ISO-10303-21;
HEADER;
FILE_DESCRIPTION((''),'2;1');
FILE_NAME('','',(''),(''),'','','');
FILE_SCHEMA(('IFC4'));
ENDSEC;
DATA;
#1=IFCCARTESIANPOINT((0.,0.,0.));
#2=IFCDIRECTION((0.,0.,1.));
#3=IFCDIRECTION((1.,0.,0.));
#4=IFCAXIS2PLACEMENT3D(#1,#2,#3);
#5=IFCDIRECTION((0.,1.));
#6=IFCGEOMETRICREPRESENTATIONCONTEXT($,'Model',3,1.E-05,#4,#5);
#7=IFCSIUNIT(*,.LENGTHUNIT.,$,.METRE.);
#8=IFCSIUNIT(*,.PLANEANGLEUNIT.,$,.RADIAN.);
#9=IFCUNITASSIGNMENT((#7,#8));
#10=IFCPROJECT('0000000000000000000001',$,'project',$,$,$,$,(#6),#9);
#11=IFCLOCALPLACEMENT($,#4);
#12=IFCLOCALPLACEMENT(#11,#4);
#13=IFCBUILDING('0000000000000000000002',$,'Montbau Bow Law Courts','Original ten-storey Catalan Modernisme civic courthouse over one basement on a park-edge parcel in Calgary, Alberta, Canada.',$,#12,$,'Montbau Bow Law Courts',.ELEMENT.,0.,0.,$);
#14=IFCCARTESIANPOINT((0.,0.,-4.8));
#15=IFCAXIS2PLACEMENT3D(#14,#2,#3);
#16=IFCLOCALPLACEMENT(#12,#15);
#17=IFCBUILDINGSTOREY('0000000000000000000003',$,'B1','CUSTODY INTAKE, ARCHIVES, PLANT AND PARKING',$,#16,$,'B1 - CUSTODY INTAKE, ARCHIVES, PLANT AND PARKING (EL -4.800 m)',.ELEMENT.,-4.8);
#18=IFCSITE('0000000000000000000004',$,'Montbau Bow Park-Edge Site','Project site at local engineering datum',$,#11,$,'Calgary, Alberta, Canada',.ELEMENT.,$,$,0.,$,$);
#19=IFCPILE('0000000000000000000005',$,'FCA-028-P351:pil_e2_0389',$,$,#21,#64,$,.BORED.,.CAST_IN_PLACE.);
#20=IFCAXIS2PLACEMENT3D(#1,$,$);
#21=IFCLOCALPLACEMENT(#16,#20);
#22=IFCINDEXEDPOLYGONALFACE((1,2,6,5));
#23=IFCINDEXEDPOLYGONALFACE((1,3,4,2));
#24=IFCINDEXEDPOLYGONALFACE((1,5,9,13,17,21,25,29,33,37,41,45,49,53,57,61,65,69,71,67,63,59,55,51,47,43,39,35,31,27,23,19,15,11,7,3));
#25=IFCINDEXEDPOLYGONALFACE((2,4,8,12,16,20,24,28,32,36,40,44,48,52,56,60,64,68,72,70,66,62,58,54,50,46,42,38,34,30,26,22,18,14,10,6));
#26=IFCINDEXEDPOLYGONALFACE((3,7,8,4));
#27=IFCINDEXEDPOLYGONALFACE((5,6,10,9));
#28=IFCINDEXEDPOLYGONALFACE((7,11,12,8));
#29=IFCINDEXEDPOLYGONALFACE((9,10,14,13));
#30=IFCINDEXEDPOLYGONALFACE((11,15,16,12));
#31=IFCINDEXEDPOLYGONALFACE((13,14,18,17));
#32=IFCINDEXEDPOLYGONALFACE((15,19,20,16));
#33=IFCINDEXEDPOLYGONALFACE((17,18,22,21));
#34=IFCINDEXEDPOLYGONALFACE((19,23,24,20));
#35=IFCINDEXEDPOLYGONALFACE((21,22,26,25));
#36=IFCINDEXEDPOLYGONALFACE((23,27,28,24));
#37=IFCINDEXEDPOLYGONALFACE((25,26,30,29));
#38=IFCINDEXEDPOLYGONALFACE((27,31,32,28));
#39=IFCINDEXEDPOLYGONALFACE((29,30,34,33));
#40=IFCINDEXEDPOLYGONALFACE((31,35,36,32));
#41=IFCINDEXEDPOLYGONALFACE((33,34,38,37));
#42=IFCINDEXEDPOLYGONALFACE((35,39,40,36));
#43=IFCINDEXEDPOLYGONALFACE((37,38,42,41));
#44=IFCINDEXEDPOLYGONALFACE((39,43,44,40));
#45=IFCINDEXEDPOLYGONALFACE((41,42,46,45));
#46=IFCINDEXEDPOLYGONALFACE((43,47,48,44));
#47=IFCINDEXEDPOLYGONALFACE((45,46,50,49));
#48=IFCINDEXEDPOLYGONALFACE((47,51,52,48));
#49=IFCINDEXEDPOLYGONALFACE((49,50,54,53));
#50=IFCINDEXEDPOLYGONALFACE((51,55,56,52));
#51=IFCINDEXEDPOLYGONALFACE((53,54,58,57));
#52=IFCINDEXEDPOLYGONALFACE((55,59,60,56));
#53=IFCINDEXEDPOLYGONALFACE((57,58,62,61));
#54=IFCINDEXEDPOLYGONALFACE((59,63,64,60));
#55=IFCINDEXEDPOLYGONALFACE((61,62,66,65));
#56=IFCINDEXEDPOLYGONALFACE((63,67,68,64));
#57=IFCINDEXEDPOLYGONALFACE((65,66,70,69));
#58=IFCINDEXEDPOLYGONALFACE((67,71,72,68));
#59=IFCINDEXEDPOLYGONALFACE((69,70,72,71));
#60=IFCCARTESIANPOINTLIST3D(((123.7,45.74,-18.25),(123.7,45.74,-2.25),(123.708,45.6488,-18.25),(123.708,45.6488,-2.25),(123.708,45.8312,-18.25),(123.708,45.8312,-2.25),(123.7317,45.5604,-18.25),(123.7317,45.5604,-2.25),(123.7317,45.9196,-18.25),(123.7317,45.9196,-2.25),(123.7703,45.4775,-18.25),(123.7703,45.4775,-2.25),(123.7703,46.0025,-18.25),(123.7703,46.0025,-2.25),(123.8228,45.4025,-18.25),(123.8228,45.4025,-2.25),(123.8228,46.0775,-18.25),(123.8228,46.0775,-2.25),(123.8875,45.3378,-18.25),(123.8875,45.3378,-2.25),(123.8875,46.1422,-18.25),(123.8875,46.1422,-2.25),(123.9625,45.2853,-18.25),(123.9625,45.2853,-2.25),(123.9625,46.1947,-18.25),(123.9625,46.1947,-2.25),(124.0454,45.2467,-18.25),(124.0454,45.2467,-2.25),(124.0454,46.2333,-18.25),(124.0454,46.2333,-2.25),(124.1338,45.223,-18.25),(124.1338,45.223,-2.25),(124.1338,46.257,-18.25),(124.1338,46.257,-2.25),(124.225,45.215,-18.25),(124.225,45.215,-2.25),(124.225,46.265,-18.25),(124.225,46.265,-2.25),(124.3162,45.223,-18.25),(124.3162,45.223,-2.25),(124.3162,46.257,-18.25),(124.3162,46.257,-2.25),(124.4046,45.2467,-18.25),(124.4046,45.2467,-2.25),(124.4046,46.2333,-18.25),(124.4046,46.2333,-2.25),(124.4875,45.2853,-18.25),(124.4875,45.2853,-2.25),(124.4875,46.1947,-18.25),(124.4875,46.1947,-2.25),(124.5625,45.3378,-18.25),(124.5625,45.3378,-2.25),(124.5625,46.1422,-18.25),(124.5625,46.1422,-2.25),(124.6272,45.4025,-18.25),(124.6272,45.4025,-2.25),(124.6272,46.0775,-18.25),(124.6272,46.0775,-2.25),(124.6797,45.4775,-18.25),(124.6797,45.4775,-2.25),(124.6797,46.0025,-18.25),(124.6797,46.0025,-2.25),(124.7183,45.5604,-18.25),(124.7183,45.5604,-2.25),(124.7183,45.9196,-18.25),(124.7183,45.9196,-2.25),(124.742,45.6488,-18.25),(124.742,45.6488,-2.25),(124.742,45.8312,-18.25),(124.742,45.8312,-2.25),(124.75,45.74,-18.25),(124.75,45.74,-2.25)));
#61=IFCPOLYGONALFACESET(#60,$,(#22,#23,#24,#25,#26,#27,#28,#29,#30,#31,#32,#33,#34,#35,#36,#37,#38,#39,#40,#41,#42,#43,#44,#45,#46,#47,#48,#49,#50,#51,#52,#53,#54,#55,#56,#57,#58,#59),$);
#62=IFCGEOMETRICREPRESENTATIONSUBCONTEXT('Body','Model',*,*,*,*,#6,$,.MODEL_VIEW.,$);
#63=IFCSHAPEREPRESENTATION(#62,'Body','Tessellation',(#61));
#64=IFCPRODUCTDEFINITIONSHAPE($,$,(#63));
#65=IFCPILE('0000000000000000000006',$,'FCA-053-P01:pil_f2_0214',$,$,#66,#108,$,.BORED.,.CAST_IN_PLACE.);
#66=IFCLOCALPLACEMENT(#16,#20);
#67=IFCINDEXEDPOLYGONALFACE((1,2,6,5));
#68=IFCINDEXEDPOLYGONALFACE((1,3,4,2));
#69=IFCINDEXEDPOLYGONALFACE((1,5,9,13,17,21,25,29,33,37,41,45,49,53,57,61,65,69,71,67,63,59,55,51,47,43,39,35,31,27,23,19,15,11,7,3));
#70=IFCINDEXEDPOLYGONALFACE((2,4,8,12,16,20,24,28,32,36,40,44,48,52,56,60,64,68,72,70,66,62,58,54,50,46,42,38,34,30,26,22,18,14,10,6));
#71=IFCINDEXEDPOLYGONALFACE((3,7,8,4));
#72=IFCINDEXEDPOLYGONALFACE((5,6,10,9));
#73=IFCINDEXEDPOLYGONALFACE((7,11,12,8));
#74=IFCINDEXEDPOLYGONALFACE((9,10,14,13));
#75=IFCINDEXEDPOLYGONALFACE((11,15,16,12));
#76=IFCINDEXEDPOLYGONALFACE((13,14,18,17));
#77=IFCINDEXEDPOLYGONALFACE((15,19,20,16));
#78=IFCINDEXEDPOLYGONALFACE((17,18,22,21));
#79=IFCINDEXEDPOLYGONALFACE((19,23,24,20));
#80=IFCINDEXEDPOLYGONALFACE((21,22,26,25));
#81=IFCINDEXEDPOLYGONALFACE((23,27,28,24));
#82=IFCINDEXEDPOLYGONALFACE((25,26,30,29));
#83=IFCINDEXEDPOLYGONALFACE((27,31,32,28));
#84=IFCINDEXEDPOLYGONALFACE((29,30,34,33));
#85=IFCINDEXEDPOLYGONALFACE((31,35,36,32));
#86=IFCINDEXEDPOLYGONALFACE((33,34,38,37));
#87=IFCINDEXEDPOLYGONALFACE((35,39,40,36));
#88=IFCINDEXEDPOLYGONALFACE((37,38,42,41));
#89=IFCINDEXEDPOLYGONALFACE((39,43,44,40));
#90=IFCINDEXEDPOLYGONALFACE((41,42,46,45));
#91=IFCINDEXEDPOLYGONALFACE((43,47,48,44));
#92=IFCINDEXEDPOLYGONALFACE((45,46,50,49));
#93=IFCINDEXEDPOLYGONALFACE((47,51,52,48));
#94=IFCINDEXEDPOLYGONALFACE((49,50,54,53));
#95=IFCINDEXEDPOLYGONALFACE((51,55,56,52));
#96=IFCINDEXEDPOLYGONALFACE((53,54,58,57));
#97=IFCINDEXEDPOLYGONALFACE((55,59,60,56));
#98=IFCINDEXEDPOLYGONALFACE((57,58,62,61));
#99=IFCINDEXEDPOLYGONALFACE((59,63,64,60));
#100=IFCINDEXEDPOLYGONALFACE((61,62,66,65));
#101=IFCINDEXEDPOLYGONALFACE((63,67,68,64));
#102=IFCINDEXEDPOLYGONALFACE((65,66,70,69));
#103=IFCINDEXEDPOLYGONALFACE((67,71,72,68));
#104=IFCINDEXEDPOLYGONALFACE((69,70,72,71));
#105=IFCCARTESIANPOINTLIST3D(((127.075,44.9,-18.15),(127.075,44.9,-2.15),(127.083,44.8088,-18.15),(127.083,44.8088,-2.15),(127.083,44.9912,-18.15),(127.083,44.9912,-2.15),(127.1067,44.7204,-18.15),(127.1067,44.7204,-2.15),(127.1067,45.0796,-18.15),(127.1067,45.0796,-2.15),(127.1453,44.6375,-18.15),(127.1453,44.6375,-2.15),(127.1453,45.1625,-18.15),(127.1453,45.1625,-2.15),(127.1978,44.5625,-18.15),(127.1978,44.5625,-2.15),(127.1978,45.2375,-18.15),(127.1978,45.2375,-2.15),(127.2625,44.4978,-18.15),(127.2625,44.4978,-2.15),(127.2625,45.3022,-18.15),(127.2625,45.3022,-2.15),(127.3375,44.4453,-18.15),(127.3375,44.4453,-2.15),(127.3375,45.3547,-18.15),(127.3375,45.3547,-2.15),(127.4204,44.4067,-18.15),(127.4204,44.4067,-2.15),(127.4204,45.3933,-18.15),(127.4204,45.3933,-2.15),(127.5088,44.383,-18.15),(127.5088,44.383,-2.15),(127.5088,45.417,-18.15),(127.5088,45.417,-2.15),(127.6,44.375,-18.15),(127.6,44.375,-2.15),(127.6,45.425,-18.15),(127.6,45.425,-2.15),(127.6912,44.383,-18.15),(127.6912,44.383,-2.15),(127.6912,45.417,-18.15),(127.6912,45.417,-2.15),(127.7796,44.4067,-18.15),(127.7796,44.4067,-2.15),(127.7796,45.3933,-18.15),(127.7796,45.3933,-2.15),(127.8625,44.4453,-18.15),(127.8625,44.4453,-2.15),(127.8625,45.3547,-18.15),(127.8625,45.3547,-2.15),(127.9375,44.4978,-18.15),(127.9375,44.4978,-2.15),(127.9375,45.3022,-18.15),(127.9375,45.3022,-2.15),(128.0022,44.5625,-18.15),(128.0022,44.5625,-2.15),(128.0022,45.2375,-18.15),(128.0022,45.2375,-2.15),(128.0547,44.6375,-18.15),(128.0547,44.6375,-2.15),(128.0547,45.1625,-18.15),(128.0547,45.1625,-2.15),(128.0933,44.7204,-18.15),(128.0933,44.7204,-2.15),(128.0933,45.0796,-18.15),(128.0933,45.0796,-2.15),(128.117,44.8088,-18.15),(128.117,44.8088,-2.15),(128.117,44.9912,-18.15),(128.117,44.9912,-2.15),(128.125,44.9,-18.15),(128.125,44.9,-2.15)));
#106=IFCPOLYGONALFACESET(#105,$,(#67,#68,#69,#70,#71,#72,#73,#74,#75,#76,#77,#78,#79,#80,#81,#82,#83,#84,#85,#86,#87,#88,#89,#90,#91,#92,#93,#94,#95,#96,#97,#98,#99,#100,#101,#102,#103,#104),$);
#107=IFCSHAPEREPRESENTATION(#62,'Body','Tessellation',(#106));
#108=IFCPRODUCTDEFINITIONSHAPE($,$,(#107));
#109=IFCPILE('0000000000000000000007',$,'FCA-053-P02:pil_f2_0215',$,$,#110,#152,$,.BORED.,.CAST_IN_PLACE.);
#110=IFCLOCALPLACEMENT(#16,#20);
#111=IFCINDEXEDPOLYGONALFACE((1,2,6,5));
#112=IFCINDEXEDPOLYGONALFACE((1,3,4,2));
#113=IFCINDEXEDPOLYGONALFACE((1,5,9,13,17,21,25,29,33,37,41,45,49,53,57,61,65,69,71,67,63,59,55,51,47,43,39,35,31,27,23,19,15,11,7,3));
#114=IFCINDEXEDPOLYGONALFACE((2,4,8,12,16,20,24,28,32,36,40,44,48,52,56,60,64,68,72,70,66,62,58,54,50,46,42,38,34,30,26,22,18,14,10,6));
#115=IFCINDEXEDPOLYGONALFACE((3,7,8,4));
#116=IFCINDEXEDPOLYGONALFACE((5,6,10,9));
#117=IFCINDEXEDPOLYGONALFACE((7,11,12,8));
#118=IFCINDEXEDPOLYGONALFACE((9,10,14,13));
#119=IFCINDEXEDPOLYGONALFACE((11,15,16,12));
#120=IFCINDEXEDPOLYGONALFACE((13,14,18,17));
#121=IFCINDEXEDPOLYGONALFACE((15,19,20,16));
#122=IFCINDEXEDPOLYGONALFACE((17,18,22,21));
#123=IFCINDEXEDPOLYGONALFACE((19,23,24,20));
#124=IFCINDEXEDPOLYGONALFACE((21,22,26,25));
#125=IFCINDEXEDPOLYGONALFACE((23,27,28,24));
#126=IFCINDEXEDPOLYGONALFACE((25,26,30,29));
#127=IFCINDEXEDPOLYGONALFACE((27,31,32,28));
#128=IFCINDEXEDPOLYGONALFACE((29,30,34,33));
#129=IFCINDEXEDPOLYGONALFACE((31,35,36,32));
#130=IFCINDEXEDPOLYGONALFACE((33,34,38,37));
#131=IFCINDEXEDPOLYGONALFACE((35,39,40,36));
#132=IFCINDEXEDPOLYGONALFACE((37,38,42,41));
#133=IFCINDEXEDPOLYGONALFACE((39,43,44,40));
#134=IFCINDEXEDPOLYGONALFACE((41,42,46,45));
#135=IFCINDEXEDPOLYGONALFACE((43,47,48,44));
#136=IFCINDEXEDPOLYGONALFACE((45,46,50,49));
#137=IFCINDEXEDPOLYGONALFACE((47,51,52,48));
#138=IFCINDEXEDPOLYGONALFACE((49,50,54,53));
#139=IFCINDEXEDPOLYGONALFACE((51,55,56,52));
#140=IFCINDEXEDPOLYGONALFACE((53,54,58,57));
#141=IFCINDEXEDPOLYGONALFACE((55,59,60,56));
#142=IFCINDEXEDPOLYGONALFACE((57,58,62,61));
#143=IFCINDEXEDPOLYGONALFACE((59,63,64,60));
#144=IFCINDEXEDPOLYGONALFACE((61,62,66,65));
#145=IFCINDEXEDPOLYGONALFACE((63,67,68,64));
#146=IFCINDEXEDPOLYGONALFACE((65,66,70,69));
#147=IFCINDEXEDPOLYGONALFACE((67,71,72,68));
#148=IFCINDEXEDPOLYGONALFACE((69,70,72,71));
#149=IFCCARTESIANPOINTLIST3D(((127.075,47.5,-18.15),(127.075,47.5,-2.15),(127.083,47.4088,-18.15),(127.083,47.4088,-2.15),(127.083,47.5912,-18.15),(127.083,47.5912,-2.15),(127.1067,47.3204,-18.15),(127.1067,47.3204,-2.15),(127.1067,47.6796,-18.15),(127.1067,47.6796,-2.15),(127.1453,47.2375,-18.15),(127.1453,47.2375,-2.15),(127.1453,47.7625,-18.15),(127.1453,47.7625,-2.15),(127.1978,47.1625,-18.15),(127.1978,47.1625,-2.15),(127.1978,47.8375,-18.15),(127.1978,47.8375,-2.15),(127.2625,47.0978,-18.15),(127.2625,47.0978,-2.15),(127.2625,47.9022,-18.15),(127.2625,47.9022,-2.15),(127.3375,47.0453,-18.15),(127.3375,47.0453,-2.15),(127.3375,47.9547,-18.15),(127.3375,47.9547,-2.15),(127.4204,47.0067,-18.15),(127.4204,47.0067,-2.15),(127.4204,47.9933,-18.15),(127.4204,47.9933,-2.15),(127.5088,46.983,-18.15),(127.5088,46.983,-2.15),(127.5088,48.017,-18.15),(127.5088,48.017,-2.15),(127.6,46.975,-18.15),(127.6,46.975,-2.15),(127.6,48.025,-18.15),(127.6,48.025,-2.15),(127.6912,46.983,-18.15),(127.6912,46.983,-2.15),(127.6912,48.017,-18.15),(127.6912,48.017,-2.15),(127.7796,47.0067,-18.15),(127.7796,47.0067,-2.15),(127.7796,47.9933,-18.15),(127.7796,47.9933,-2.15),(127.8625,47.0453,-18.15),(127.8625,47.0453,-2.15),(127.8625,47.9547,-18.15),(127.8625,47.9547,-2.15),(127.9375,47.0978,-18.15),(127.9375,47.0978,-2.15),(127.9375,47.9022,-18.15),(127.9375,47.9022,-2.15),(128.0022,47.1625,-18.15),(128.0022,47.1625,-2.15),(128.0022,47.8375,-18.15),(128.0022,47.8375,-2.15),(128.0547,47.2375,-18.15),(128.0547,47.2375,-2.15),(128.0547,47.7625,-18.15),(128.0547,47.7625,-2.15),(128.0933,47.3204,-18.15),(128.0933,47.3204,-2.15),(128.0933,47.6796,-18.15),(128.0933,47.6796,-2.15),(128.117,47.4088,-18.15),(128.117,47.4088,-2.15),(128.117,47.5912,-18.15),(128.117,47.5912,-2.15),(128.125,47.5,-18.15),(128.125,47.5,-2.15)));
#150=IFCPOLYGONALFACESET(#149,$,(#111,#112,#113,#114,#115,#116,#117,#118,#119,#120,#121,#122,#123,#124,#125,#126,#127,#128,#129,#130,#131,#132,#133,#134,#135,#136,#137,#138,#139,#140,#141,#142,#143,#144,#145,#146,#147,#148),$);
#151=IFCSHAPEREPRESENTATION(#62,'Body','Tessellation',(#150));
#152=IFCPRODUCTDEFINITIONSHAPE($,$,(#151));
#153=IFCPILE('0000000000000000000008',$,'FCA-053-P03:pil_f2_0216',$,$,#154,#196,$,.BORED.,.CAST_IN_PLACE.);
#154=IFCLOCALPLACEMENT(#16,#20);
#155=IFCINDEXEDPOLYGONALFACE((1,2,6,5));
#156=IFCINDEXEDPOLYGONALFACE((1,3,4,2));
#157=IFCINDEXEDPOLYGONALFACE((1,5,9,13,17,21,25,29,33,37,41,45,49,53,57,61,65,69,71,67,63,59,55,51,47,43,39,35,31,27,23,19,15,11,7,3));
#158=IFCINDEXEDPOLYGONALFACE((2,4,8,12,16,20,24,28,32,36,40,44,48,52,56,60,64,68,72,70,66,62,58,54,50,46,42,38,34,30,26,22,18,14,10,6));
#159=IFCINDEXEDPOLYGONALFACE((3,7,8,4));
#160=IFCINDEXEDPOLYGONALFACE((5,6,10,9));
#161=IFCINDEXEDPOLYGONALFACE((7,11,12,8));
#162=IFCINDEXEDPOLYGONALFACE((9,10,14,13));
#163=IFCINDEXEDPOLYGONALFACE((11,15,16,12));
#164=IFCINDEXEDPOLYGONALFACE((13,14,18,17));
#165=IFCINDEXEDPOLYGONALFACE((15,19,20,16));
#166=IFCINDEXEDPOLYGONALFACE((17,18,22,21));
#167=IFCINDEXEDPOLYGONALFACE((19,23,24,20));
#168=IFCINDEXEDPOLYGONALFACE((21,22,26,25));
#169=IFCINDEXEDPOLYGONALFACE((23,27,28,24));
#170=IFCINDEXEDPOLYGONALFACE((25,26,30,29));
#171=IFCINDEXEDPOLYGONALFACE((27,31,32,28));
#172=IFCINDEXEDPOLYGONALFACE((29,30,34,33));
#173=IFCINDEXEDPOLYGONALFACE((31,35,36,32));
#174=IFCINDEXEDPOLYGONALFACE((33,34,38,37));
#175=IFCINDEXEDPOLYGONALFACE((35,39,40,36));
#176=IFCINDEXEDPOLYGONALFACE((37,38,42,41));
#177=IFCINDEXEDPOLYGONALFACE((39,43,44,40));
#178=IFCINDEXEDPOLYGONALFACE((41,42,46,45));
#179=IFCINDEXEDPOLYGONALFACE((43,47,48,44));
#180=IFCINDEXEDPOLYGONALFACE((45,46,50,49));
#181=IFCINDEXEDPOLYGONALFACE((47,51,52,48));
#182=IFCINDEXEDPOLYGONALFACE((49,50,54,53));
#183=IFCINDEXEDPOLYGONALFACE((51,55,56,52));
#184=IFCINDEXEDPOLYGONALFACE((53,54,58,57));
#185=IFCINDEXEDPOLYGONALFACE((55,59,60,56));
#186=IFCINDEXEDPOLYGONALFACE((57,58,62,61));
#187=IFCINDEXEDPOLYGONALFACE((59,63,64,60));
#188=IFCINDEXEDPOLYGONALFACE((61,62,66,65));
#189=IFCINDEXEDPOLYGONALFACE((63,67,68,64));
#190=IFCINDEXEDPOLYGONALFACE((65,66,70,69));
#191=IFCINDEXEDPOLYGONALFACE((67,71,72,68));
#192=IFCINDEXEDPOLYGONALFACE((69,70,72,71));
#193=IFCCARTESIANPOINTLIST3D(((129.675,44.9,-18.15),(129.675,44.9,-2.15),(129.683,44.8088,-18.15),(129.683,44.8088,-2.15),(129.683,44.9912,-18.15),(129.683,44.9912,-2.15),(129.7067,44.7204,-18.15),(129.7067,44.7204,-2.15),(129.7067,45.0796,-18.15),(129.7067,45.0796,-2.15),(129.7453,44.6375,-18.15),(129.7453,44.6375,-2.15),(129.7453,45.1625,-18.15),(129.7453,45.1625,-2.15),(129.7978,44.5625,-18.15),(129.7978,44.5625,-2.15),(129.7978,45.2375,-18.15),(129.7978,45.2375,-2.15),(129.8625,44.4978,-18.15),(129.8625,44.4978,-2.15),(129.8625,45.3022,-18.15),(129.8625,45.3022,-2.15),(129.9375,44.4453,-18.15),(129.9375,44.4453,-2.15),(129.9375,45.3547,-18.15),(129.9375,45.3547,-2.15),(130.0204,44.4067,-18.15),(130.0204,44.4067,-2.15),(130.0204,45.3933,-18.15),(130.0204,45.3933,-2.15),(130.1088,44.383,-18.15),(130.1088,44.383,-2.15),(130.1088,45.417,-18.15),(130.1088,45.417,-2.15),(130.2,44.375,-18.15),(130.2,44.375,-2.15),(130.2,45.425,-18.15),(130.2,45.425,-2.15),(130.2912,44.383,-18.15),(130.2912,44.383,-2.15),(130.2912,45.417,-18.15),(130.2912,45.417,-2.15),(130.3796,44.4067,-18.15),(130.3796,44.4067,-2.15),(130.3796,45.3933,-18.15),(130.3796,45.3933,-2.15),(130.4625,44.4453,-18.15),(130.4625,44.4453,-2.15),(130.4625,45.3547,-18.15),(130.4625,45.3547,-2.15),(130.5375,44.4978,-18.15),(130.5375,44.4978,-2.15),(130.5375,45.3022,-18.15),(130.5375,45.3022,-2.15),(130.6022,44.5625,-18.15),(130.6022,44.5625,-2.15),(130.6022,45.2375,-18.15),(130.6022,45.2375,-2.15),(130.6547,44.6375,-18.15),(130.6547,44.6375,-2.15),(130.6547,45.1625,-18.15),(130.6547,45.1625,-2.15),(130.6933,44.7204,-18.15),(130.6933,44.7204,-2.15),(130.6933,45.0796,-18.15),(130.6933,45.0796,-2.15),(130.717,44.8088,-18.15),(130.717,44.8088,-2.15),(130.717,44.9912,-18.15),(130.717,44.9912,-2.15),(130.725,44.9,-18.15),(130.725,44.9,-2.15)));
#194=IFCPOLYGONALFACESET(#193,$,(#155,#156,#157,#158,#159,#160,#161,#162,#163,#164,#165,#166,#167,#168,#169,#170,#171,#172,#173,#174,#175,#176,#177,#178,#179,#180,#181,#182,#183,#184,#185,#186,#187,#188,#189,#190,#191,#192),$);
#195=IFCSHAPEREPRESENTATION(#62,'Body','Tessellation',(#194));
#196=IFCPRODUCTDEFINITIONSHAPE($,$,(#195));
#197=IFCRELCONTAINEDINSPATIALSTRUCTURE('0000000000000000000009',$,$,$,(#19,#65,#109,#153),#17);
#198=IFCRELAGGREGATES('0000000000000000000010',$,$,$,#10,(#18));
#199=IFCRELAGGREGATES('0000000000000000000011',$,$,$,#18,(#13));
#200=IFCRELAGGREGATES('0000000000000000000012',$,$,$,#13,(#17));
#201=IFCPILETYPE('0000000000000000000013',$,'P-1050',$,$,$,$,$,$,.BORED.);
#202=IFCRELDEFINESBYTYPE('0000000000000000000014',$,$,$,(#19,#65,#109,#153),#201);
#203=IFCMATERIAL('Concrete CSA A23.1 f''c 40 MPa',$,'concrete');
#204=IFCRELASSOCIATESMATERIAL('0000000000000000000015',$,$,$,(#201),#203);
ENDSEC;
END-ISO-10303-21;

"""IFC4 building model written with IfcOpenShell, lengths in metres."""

from ifc_helpers import new_model, si_unit, direction, frame, origin_with_axes, origin_2d_with_axis, place, context, subcontext, project, spatial, circle, extrude, material, material_profile, profile_set, type_object, element, save


model = new_model("IFC4")

# Units and contexts
model_context = context("Model", 3, precision=1e-05, world=origin_with_axes(), true_north=direction((0.0, 1.0)))
body_context = subcontext(model_context, "Body", "Model", "MODEL_VIEW")
ifc_project = project(units=[si_unit("LENGTHUNIT", "METRE"), si_unit("PLANEANGLEUNIT", "RADIAN")], contexts=[model_context])

# Site, building, storey
site_placement = place(None, origin_with_axes())
site = spatial("IfcSite", under=ifc_project, at=site_placement, Name="Montbau Bow Park-Edge Site", Description="Project site at local engineering datum", LongName="Calgary, Alberta, Canada", CompositionType="ELEMENT", RefElevation=0.0)
building_placement = place(site_placement, origin_with_axes())
building = spatial("IfcBuilding", under=site, at=building_placement, Name="Montbau Bow Law Courts", Description="Original ten-storey Catalan Modernisme civic courthouse over one basement on a park-edge parcel in Calgary, Alberta, Canada.", LongName="Montbau Bow Law Courts", CompositionType="ELEMENT", ElevationOfRefHeight=0.0, ElevationOfTerrain=0.0)
storey_placement = place(building_placement, frame((0.0, 0.0, -4.8), z_axis=(0.0, 0.0, 1.0), x_axis=(1.0, 0.0, 0.0)))
storey = spatial("IfcBuildingStorey", under=building, at=storey_placement, Name="B1", Description="CUSTODY INTAKE, ARCHIVES, PLANT AND PARKING", LongName="B1 - CUSTODY INTAKE, ARCHIVES, PLANT AND PARKING (EL -4.800 m)", CompositionType="ELEMENT", Elevation=-4.8)

# Piles
ifc_material = material(Name="Concrete CSA A23.1 f'c 40 MPa", Category="concrete")
ifc_material_profile_1 = material_profile(ifc_material, circle(Radius=0.525, at=origin_2d_with_axis()), Name="BP1050", Category="Main", Priority=0)
ifc_profile_set_1 = profile_set([ifc_material_profile_1], Name="Concrete CSA A23.1 f'c 40 MPa")
pile_type_1 = type_object("IfcPileType", Name="P-1050", PredefinedType="BORED", material=ifc_profile_set_1)
for number, where, z_axis, x_axis, name in (
    (1, (124.225, 45.74, -23.05), (0.0, 0.0, 1.0), (1.0, 0.0, 0.0), "FCA-028-P351:pil_e2_0389"),
    (2, (127.6, 44.9, -22.95), (0.0, 0.0, 1.0), (1.0, 0.0, 0.0), "FCA-053-P01:pil_f2_0214"),
    (3, (127.6, 47.5, -22.95), (0.0, 0.0, 1.0), (1.0, 0.0, 0.0), "FCA-053-P02:pil_f2_0215"),
    (4, (130.2, 44.9, -22.95), (0.0, 0.0, 1.0), (1.0, 0.0, 0.0), "FCA-053-P03:pil_f2_0216"),
):
    element("IfcPile", number, at=place(None, frame(where, z_axis=z_axis, x_axis=x_axis)), inside=storey, type_object=pile_type_1, Name=name, ConstructionType="CAST_IN_PLACE", PredefinedType="BORED", context=body_context, shape_type="SweptSolid", body=[
        extrude(circle(Radius=0.525, at=origin_2d_with_axis()), origin_with_axes(), (0.0, 0.0, 1.0), 16.0),
    ])

save(model, "model.ifc")
